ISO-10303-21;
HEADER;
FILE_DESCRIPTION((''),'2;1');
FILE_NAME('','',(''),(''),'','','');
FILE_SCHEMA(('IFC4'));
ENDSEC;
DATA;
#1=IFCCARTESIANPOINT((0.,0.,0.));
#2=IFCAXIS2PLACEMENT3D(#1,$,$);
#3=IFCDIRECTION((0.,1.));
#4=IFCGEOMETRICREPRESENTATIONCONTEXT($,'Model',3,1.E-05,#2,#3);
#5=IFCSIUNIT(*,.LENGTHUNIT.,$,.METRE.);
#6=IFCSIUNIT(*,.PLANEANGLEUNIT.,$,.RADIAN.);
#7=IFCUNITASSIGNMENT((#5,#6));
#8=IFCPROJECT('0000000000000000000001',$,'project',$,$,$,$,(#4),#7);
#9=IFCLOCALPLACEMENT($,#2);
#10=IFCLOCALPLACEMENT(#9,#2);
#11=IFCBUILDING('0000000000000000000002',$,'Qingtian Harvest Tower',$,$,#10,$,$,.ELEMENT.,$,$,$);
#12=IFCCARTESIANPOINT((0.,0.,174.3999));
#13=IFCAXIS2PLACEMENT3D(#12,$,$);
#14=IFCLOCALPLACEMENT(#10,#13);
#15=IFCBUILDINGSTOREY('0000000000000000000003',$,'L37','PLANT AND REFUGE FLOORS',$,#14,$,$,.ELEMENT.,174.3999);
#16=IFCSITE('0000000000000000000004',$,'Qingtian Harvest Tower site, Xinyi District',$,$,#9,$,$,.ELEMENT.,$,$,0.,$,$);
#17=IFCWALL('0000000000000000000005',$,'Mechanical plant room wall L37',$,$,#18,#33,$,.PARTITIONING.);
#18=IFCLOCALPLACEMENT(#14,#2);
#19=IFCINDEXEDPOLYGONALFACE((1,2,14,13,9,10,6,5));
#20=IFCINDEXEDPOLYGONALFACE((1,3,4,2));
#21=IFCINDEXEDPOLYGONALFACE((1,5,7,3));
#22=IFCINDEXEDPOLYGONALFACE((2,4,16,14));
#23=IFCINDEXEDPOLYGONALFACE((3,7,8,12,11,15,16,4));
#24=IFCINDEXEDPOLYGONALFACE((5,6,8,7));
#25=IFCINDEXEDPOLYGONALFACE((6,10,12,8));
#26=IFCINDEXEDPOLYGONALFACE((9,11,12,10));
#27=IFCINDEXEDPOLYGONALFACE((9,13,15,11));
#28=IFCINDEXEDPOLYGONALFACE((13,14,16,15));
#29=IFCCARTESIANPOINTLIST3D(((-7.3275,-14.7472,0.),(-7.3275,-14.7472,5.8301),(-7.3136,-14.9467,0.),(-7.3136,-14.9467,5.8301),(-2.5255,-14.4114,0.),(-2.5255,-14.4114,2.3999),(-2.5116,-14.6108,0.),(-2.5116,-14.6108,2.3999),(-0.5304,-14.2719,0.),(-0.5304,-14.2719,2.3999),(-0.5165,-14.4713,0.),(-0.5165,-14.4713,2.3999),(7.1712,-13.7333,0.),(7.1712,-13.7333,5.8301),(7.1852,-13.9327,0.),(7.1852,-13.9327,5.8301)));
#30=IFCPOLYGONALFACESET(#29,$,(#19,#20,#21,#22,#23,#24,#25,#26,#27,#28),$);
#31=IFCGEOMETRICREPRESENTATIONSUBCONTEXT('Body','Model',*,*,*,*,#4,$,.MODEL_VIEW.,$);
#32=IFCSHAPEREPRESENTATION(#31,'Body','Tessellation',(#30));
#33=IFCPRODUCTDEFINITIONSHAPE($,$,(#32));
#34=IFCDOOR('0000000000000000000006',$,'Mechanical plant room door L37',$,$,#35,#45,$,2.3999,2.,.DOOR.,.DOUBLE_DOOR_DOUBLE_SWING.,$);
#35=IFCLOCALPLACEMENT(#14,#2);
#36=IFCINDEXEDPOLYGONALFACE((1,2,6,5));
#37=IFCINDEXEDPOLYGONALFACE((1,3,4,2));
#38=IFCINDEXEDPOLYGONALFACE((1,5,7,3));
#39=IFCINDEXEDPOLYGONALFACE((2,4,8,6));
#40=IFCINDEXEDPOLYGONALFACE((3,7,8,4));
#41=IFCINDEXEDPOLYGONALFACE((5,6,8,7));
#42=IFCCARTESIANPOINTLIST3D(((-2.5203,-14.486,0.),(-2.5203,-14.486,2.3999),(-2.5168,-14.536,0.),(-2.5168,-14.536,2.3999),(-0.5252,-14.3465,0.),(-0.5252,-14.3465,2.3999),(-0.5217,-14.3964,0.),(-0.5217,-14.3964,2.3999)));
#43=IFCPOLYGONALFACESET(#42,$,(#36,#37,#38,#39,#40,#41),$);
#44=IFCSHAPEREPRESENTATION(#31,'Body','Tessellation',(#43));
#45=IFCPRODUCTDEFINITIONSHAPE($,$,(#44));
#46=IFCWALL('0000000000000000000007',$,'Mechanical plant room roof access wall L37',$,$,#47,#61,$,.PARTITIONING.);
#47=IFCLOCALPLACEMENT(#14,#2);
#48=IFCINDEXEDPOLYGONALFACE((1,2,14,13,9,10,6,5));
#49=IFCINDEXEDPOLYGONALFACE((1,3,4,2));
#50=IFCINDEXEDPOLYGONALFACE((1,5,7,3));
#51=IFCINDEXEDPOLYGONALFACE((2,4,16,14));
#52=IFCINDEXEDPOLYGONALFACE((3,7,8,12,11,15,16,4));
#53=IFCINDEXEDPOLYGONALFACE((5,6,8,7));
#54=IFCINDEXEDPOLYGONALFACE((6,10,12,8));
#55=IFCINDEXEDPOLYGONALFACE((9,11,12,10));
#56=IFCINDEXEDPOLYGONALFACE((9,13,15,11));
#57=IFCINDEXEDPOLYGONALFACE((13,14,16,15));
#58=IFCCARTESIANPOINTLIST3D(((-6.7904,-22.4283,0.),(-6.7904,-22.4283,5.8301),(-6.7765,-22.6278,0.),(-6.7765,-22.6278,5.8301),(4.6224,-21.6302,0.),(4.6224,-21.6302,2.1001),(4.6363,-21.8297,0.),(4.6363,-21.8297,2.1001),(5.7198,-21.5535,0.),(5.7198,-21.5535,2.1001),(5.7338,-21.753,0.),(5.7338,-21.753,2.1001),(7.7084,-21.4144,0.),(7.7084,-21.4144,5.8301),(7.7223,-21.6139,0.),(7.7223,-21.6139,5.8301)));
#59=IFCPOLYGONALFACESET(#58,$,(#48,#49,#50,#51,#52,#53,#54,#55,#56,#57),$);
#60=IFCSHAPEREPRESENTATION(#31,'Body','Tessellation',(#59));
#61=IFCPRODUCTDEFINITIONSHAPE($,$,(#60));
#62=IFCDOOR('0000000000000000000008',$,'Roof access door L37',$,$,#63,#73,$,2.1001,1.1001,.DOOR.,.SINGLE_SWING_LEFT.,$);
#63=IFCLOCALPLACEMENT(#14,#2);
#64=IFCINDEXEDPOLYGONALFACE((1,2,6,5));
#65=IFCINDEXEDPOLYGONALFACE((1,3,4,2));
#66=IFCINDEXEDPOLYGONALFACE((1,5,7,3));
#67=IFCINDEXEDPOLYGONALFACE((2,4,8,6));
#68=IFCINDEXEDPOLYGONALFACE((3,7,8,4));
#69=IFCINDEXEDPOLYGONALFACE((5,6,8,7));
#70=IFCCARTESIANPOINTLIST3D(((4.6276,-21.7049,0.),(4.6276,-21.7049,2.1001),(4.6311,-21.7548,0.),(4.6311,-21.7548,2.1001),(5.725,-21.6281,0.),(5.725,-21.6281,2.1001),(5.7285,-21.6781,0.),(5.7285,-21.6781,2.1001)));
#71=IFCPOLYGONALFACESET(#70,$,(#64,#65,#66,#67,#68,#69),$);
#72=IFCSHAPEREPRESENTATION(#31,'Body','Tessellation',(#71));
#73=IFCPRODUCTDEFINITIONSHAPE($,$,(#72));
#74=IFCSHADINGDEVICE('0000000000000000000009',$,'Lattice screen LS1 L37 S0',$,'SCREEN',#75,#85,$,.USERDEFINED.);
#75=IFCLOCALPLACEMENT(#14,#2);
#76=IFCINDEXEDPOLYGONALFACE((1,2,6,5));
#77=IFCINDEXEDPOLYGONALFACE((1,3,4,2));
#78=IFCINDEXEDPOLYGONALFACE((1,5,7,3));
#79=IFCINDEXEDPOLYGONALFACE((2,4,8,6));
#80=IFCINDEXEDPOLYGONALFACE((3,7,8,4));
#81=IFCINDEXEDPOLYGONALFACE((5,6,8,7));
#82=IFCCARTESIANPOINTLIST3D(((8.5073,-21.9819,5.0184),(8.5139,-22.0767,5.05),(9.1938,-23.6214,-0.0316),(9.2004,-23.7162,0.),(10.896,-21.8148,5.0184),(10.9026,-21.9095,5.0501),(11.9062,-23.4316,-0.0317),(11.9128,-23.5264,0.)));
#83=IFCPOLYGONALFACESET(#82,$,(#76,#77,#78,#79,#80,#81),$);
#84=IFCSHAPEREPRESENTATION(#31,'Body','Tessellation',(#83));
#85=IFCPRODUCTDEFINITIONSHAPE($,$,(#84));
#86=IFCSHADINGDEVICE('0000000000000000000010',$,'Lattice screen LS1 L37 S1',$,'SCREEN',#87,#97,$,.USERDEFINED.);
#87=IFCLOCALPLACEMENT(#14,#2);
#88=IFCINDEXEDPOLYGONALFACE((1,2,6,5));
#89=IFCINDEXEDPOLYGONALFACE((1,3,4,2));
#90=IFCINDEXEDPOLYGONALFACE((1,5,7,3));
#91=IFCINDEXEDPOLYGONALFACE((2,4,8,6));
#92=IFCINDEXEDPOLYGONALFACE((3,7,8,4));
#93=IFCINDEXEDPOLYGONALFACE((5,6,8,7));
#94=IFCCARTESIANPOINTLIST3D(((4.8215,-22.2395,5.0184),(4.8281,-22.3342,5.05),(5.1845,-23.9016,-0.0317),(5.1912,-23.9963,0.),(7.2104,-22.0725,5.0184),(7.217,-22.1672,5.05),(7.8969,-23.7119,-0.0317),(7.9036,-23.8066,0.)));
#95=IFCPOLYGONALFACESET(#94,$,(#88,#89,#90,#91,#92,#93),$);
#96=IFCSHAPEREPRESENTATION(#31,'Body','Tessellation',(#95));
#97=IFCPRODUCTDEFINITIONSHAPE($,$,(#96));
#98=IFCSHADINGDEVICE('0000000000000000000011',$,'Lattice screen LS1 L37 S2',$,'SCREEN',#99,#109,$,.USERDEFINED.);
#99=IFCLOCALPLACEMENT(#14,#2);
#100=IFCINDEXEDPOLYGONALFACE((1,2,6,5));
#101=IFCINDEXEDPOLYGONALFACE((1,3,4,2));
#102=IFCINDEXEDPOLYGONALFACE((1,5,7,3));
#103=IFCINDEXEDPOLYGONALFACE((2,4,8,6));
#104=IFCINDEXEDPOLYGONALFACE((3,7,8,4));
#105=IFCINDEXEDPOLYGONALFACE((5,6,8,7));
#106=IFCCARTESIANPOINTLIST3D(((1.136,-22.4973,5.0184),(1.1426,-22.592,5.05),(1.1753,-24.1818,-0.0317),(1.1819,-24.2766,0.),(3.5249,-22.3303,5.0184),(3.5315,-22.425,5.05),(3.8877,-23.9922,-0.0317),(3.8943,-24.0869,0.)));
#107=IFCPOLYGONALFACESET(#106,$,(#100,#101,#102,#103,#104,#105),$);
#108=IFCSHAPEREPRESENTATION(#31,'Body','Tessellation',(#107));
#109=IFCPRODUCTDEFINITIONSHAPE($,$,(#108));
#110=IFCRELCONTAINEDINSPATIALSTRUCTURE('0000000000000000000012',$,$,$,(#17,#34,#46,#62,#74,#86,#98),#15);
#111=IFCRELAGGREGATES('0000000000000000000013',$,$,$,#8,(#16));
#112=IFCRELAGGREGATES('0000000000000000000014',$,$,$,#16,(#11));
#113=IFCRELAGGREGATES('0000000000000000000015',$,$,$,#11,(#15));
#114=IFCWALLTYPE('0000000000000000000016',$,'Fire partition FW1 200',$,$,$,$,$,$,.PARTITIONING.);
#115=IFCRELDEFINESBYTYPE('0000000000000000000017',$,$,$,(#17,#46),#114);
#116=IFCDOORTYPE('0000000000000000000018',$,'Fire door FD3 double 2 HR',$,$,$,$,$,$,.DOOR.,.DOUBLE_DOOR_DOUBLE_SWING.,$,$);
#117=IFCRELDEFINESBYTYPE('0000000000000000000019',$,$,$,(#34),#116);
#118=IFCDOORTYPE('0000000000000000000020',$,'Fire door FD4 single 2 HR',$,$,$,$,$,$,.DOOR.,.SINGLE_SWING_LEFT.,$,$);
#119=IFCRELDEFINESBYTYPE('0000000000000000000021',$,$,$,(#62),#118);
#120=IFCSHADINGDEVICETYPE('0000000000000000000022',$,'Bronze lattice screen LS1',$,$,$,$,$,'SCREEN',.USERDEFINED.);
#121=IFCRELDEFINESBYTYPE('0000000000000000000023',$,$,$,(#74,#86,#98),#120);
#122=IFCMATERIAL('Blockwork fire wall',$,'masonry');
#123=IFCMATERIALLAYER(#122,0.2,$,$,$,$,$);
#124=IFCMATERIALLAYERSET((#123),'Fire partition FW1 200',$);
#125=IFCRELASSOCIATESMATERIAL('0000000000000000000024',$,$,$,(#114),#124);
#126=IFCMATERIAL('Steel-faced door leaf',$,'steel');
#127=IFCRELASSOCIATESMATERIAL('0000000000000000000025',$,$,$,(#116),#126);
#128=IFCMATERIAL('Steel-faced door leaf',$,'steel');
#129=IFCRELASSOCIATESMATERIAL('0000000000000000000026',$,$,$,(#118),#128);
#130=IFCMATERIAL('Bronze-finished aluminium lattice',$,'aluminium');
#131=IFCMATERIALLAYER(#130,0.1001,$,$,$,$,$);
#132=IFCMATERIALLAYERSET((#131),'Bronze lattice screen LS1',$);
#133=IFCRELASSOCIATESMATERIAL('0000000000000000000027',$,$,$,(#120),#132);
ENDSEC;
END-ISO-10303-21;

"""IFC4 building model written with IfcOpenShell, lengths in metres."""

from ifc_helpers import new_model, si_unit, direction, frame, frame_2d, origin, place, context, subcontext, project, spatial, polyline, rectangle, outline, extrude, material, layer, layer_set, type_object, element, fill, save


model = new_model("IFC4")

# Units and contexts
model_context = context("Model", 3, precision=1e-05, world=origin(), true_north=direction((0.0, 1.0)))
body_context = subcontext(model_context, "Body", "Model", "MODEL_VIEW")
ifc_project = project(units=[si_unit("LENGTHUNIT", "METRE"), si_unit("PLANEANGLEUNIT", "RADIAN")], contexts=[model_context])

# Site, building, storey
site_placement = place(None, origin())
site = spatial("IfcSite", under=ifc_project, at=site_placement, Name="Qingtian Harvest Tower site, Xinyi District", CompositionType="ELEMENT", RefElevation=0.0)
building_placement = place(site_placement, origin())
building = spatial("IfcBuilding", under=site, at=building_placement, Name="Qingtian Harvest Tower", CompositionType="ELEMENT")
storey_placement = place(building_placement, frame((0.0, 0.0, 174.3999)))
storey = spatial("IfcBuildingStorey", under=building, at=storey_placement, Name="L37", Description="PLANT AND REFUGE FLOORS", CompositionType="ELEMENT", Elevation=174.3999)

# Shared definitions
ifc_material_1 = material(Name="Blockwork fire wall", Category="masonry")
ifc_layer_1 = layer(ifc_material_1, 0.2)
ifc_layer_set_1 = layer_set([ifc_layer_1], Name="Fire partition FW1 200")
wall_type = type_object("IfcWallType", Name="Fire partition FW1 200", PredefinedType="PARTITIONING", material=ifc_layer_set_1)

# Walls, openings, doors
wall_1_placement = place(storey_placement, frame((7.1782, -13.833, 0.0), z_axis=(0.0, 0.0, 1.0), x_axis=(-0.997564, -0.069761, 0.0)))
wall_1 = element("IfcWall", 1, at=wall_1_placement, inside=storey, type_object=wall_type, Name="Mechanical plant room wall L37", PredefinedType="PARTITIONING", context=body_context, shape_type="SweptSolid", body=[
    extrude(rectangle(XDim=14.5342, YDim=0.2, at=frame_2d((7.2671, 0.0))), origin(), (0.0, 0.0, 1.0), 5.8301),
])
opening_1_placement = place(wall_1_placement, frame((7.7205, 0.0, 0.0)))
opening_1 = element("IfcOpeningElement", 2, at=opening_1_placement, cuts=wall_1, PredefinedType="OPENING", context=body_context, shape_type="SweptSolid", body=[
    extrude(rectangle(XDim=2.0, YDim=2.3999, at=frame_2d((1.0, 1.2))), frame((0.0, 0.1099, 0.0), z_axis=(0.0, -1.0, 0.0), x_axis=(1.0, 0.0, 0.0)), (0.0, 0.0, 1.0), 0.22),
])
ifc_material_2 = material(Name="Steel-faced door leaf", Category="steel")
door_type_1 = type_object("IfcDoorType", Name="Fire door FD3 double 2 HR", OperationType="DOUBLE_DOOR_DOUBLE_SWING", PredefinedType="DOOR", material=ifc_material_2)
door_1_placement = place(opening_1_placement, origin())
door_1 = element("IfcDoor", 3, at=door_1_placement, inside=storey, type_object=door_type_1, Name="Mechanical plant room door L37", OperationType="DOUBLE_DOOR_DOUBLE_SWING", OverallHeight=2.3999, OverallWidth=2.0, PredefinedType="DOOR", context=body_context, shape_type="SweptSolid", body=[
    extrude(rectangle(XDim=2.0, YDim=2.3999, at=frame_2d((1.0, 1.2))), frame((0.0, 0.0249, 0.0), z_axis=(0.0, -1.0, 0.0), x_axis=(1.0, 0.0, 0.0)), (0.0, 0.0, 1.0), 0.05),
])
fill(opening_1, door_1)
wall_2_placement = place(storey_placement, frame((7.7153, -21.5142, 0.0), z_axis=(0.0, 0.0, 1.0), x_axis=(-0.997564, -0.069761, 0.0)))
wall_2 = element("IfcWall", 4, at=wall_2_placement, inside=storey, type_object=wall_type, Name="Mechanical plant room roof access wall L37", PredefinedType="PARTITIONING", context=body_context, shape_type="SweptSolid", body=[
    extrude(rectangle(XDim=14.5342, YDim=0.2, at=frame_2d((7.2671, 0.0))), origin(), (0.0, 0.0, 1.0), 5.8301),
])
opening_2_placement = place(wall_2_placement, frame((1.9934, 0.0, 0.0)))
opening_2 = element("IfcOpeningElement", 5, at=opening_2_placement, cuts=wall_2, PredefinedType="OPENING", context=body_context, shape_type="SweptSolid", body=[
    extrude(rectangle(XDim=1.1001, YDim=2.1001, at=frame_2d((0.55, 1.05))), frame((0.0, 0.1099, 0.0), z_axis=(0.0, -1.0, 0.0), x_axis=(1.0, 0.0, 0.0)), (0.0, 0.0, 1.0), 0.22),
])
ifc_material_3 = material(Name="Steel-faced door leaf", Category="steel")
door_type_2 = type_object("IfcDoorType", Name="Fire door FD4 single 2 HR", OperationType="SINGLE_SWING_LEFT", PredefinedType="DOOR", material=ifc_material_3)
door_2_placement = place(opening_2_placement, origin())
door_2 = element("IfcDoor", 6, at=door_2_placement, inside=storey, type_object=door_type_2, Name="Roof access door L37", OperationType="SINGLE_SWING_LEFT", OverallHeight=2.1001, OverallWidth=1.1001, PredefinedType="DOOR", context=body_context, shape_type="SweptSolid", body=[
    extrude(rectangle(XDim=1.1001, YDim=2.1001, at=frame_2d((0.55, 1.05))), frame((0.0, 0.0249, 0.0), z_axis=(0.0, -1.0, 0.0), x_axis=(1.0, 0.0, 0.0)), (0.0, 0.0, 1.0), 0.05),
])
fill(opening_2, door_2)

# Shading devices
ifc_material_4 = material(Name="Bronze-finished aluminium lattice", Category="aluminium")
ifc_layer_2 = layer(ifc_material_4, 0.1001)
ifc_layer_set_2 = layer_set([ifc_layer_2], Name="Bronze lattice screen LS1")
shading_device_type = type_object("IfcShadingDeviceType", Name="Bronze lattice screen LS1", ElementType="SCREEN", PredefinedType="USERDEFINED", material=ifc_layer_set_2)
shading_device_1_placement = place(storey_placement, frame((11.9128, -23.5264, 0.0), z_axis=(0.066219, -0.946365, 0.31624), x_axis=(-0.997561, -0.069798, 0.000011)))
element("IfcShadingDevice", 7, at=shading_device_1_placement, inside=storey, type_object=shading_device_type, Name="Lattice screen LS1 L37 S0", ObjectType="SCREEN", PredefinedType="USERDEFINED", context=body_context, shape_type="SweptSolid", body=[
    extrude(outline(polyline([(0.0, 0.0), (2.719, 0.0), (3.2895, -5.3232), (0.895, -5.3233), (0.0, 0.0)])), origin(), (0.0, 0.0, -1.0), 0.1001),
])
shading_device_2_placement = place(storey_placement, frame((7.9036, -23.8066, 0.0), z_axis=(0.066171, -0.946373, 0.316226), x_axis=(-0.997564, -0.069752, -0.000005)))
element("IfcShadingDevice", 8, at=shading_device_2_placement, inside=storey, type_object=shading_device_type, Name="Lattice screen LS1 L37 S1", ObjectType="SCREEN", PredefinedType="USERDEFINED", context=body_context, shape_type="SweptSolid", body=[
    extrude(outline(polyline([(0.0, 0.0), (2.719, 0.0), (2.9652, -5.3232), (0.5705, -5.3232), (0.0, 0.0)])), origin(), (0.0, 0.0, -1.0), 0.1001),
])
shading_device_3_placement = place(storey_placement, frame((3.8943, -24.0869, 0.0), z_axis=(0.066172, -0.946383, 0.316197), x_axis=(-0.997564, -0.069752, -0.000005)))
element("IfcShadingDevice", 9, at=shading_device_3_placement, inside=storey, type_object=shading_device_type, Name="Lattice screen LS1 L37 S2", ObjectType="SCREEN", PredefinedType="USERDEFINED", context=body_context, shape_type="SweptSolid", body=[
    extrude(outline(polyline([(0.0, 0.0), (2.719, 0.0), (2.6407, -5.3232), (0.246, -5.3231), (0.0, 0.0)])), origin(), (0.0, 0.0, -1.0), 0.1001),
])

save(model, "model.ifc")
